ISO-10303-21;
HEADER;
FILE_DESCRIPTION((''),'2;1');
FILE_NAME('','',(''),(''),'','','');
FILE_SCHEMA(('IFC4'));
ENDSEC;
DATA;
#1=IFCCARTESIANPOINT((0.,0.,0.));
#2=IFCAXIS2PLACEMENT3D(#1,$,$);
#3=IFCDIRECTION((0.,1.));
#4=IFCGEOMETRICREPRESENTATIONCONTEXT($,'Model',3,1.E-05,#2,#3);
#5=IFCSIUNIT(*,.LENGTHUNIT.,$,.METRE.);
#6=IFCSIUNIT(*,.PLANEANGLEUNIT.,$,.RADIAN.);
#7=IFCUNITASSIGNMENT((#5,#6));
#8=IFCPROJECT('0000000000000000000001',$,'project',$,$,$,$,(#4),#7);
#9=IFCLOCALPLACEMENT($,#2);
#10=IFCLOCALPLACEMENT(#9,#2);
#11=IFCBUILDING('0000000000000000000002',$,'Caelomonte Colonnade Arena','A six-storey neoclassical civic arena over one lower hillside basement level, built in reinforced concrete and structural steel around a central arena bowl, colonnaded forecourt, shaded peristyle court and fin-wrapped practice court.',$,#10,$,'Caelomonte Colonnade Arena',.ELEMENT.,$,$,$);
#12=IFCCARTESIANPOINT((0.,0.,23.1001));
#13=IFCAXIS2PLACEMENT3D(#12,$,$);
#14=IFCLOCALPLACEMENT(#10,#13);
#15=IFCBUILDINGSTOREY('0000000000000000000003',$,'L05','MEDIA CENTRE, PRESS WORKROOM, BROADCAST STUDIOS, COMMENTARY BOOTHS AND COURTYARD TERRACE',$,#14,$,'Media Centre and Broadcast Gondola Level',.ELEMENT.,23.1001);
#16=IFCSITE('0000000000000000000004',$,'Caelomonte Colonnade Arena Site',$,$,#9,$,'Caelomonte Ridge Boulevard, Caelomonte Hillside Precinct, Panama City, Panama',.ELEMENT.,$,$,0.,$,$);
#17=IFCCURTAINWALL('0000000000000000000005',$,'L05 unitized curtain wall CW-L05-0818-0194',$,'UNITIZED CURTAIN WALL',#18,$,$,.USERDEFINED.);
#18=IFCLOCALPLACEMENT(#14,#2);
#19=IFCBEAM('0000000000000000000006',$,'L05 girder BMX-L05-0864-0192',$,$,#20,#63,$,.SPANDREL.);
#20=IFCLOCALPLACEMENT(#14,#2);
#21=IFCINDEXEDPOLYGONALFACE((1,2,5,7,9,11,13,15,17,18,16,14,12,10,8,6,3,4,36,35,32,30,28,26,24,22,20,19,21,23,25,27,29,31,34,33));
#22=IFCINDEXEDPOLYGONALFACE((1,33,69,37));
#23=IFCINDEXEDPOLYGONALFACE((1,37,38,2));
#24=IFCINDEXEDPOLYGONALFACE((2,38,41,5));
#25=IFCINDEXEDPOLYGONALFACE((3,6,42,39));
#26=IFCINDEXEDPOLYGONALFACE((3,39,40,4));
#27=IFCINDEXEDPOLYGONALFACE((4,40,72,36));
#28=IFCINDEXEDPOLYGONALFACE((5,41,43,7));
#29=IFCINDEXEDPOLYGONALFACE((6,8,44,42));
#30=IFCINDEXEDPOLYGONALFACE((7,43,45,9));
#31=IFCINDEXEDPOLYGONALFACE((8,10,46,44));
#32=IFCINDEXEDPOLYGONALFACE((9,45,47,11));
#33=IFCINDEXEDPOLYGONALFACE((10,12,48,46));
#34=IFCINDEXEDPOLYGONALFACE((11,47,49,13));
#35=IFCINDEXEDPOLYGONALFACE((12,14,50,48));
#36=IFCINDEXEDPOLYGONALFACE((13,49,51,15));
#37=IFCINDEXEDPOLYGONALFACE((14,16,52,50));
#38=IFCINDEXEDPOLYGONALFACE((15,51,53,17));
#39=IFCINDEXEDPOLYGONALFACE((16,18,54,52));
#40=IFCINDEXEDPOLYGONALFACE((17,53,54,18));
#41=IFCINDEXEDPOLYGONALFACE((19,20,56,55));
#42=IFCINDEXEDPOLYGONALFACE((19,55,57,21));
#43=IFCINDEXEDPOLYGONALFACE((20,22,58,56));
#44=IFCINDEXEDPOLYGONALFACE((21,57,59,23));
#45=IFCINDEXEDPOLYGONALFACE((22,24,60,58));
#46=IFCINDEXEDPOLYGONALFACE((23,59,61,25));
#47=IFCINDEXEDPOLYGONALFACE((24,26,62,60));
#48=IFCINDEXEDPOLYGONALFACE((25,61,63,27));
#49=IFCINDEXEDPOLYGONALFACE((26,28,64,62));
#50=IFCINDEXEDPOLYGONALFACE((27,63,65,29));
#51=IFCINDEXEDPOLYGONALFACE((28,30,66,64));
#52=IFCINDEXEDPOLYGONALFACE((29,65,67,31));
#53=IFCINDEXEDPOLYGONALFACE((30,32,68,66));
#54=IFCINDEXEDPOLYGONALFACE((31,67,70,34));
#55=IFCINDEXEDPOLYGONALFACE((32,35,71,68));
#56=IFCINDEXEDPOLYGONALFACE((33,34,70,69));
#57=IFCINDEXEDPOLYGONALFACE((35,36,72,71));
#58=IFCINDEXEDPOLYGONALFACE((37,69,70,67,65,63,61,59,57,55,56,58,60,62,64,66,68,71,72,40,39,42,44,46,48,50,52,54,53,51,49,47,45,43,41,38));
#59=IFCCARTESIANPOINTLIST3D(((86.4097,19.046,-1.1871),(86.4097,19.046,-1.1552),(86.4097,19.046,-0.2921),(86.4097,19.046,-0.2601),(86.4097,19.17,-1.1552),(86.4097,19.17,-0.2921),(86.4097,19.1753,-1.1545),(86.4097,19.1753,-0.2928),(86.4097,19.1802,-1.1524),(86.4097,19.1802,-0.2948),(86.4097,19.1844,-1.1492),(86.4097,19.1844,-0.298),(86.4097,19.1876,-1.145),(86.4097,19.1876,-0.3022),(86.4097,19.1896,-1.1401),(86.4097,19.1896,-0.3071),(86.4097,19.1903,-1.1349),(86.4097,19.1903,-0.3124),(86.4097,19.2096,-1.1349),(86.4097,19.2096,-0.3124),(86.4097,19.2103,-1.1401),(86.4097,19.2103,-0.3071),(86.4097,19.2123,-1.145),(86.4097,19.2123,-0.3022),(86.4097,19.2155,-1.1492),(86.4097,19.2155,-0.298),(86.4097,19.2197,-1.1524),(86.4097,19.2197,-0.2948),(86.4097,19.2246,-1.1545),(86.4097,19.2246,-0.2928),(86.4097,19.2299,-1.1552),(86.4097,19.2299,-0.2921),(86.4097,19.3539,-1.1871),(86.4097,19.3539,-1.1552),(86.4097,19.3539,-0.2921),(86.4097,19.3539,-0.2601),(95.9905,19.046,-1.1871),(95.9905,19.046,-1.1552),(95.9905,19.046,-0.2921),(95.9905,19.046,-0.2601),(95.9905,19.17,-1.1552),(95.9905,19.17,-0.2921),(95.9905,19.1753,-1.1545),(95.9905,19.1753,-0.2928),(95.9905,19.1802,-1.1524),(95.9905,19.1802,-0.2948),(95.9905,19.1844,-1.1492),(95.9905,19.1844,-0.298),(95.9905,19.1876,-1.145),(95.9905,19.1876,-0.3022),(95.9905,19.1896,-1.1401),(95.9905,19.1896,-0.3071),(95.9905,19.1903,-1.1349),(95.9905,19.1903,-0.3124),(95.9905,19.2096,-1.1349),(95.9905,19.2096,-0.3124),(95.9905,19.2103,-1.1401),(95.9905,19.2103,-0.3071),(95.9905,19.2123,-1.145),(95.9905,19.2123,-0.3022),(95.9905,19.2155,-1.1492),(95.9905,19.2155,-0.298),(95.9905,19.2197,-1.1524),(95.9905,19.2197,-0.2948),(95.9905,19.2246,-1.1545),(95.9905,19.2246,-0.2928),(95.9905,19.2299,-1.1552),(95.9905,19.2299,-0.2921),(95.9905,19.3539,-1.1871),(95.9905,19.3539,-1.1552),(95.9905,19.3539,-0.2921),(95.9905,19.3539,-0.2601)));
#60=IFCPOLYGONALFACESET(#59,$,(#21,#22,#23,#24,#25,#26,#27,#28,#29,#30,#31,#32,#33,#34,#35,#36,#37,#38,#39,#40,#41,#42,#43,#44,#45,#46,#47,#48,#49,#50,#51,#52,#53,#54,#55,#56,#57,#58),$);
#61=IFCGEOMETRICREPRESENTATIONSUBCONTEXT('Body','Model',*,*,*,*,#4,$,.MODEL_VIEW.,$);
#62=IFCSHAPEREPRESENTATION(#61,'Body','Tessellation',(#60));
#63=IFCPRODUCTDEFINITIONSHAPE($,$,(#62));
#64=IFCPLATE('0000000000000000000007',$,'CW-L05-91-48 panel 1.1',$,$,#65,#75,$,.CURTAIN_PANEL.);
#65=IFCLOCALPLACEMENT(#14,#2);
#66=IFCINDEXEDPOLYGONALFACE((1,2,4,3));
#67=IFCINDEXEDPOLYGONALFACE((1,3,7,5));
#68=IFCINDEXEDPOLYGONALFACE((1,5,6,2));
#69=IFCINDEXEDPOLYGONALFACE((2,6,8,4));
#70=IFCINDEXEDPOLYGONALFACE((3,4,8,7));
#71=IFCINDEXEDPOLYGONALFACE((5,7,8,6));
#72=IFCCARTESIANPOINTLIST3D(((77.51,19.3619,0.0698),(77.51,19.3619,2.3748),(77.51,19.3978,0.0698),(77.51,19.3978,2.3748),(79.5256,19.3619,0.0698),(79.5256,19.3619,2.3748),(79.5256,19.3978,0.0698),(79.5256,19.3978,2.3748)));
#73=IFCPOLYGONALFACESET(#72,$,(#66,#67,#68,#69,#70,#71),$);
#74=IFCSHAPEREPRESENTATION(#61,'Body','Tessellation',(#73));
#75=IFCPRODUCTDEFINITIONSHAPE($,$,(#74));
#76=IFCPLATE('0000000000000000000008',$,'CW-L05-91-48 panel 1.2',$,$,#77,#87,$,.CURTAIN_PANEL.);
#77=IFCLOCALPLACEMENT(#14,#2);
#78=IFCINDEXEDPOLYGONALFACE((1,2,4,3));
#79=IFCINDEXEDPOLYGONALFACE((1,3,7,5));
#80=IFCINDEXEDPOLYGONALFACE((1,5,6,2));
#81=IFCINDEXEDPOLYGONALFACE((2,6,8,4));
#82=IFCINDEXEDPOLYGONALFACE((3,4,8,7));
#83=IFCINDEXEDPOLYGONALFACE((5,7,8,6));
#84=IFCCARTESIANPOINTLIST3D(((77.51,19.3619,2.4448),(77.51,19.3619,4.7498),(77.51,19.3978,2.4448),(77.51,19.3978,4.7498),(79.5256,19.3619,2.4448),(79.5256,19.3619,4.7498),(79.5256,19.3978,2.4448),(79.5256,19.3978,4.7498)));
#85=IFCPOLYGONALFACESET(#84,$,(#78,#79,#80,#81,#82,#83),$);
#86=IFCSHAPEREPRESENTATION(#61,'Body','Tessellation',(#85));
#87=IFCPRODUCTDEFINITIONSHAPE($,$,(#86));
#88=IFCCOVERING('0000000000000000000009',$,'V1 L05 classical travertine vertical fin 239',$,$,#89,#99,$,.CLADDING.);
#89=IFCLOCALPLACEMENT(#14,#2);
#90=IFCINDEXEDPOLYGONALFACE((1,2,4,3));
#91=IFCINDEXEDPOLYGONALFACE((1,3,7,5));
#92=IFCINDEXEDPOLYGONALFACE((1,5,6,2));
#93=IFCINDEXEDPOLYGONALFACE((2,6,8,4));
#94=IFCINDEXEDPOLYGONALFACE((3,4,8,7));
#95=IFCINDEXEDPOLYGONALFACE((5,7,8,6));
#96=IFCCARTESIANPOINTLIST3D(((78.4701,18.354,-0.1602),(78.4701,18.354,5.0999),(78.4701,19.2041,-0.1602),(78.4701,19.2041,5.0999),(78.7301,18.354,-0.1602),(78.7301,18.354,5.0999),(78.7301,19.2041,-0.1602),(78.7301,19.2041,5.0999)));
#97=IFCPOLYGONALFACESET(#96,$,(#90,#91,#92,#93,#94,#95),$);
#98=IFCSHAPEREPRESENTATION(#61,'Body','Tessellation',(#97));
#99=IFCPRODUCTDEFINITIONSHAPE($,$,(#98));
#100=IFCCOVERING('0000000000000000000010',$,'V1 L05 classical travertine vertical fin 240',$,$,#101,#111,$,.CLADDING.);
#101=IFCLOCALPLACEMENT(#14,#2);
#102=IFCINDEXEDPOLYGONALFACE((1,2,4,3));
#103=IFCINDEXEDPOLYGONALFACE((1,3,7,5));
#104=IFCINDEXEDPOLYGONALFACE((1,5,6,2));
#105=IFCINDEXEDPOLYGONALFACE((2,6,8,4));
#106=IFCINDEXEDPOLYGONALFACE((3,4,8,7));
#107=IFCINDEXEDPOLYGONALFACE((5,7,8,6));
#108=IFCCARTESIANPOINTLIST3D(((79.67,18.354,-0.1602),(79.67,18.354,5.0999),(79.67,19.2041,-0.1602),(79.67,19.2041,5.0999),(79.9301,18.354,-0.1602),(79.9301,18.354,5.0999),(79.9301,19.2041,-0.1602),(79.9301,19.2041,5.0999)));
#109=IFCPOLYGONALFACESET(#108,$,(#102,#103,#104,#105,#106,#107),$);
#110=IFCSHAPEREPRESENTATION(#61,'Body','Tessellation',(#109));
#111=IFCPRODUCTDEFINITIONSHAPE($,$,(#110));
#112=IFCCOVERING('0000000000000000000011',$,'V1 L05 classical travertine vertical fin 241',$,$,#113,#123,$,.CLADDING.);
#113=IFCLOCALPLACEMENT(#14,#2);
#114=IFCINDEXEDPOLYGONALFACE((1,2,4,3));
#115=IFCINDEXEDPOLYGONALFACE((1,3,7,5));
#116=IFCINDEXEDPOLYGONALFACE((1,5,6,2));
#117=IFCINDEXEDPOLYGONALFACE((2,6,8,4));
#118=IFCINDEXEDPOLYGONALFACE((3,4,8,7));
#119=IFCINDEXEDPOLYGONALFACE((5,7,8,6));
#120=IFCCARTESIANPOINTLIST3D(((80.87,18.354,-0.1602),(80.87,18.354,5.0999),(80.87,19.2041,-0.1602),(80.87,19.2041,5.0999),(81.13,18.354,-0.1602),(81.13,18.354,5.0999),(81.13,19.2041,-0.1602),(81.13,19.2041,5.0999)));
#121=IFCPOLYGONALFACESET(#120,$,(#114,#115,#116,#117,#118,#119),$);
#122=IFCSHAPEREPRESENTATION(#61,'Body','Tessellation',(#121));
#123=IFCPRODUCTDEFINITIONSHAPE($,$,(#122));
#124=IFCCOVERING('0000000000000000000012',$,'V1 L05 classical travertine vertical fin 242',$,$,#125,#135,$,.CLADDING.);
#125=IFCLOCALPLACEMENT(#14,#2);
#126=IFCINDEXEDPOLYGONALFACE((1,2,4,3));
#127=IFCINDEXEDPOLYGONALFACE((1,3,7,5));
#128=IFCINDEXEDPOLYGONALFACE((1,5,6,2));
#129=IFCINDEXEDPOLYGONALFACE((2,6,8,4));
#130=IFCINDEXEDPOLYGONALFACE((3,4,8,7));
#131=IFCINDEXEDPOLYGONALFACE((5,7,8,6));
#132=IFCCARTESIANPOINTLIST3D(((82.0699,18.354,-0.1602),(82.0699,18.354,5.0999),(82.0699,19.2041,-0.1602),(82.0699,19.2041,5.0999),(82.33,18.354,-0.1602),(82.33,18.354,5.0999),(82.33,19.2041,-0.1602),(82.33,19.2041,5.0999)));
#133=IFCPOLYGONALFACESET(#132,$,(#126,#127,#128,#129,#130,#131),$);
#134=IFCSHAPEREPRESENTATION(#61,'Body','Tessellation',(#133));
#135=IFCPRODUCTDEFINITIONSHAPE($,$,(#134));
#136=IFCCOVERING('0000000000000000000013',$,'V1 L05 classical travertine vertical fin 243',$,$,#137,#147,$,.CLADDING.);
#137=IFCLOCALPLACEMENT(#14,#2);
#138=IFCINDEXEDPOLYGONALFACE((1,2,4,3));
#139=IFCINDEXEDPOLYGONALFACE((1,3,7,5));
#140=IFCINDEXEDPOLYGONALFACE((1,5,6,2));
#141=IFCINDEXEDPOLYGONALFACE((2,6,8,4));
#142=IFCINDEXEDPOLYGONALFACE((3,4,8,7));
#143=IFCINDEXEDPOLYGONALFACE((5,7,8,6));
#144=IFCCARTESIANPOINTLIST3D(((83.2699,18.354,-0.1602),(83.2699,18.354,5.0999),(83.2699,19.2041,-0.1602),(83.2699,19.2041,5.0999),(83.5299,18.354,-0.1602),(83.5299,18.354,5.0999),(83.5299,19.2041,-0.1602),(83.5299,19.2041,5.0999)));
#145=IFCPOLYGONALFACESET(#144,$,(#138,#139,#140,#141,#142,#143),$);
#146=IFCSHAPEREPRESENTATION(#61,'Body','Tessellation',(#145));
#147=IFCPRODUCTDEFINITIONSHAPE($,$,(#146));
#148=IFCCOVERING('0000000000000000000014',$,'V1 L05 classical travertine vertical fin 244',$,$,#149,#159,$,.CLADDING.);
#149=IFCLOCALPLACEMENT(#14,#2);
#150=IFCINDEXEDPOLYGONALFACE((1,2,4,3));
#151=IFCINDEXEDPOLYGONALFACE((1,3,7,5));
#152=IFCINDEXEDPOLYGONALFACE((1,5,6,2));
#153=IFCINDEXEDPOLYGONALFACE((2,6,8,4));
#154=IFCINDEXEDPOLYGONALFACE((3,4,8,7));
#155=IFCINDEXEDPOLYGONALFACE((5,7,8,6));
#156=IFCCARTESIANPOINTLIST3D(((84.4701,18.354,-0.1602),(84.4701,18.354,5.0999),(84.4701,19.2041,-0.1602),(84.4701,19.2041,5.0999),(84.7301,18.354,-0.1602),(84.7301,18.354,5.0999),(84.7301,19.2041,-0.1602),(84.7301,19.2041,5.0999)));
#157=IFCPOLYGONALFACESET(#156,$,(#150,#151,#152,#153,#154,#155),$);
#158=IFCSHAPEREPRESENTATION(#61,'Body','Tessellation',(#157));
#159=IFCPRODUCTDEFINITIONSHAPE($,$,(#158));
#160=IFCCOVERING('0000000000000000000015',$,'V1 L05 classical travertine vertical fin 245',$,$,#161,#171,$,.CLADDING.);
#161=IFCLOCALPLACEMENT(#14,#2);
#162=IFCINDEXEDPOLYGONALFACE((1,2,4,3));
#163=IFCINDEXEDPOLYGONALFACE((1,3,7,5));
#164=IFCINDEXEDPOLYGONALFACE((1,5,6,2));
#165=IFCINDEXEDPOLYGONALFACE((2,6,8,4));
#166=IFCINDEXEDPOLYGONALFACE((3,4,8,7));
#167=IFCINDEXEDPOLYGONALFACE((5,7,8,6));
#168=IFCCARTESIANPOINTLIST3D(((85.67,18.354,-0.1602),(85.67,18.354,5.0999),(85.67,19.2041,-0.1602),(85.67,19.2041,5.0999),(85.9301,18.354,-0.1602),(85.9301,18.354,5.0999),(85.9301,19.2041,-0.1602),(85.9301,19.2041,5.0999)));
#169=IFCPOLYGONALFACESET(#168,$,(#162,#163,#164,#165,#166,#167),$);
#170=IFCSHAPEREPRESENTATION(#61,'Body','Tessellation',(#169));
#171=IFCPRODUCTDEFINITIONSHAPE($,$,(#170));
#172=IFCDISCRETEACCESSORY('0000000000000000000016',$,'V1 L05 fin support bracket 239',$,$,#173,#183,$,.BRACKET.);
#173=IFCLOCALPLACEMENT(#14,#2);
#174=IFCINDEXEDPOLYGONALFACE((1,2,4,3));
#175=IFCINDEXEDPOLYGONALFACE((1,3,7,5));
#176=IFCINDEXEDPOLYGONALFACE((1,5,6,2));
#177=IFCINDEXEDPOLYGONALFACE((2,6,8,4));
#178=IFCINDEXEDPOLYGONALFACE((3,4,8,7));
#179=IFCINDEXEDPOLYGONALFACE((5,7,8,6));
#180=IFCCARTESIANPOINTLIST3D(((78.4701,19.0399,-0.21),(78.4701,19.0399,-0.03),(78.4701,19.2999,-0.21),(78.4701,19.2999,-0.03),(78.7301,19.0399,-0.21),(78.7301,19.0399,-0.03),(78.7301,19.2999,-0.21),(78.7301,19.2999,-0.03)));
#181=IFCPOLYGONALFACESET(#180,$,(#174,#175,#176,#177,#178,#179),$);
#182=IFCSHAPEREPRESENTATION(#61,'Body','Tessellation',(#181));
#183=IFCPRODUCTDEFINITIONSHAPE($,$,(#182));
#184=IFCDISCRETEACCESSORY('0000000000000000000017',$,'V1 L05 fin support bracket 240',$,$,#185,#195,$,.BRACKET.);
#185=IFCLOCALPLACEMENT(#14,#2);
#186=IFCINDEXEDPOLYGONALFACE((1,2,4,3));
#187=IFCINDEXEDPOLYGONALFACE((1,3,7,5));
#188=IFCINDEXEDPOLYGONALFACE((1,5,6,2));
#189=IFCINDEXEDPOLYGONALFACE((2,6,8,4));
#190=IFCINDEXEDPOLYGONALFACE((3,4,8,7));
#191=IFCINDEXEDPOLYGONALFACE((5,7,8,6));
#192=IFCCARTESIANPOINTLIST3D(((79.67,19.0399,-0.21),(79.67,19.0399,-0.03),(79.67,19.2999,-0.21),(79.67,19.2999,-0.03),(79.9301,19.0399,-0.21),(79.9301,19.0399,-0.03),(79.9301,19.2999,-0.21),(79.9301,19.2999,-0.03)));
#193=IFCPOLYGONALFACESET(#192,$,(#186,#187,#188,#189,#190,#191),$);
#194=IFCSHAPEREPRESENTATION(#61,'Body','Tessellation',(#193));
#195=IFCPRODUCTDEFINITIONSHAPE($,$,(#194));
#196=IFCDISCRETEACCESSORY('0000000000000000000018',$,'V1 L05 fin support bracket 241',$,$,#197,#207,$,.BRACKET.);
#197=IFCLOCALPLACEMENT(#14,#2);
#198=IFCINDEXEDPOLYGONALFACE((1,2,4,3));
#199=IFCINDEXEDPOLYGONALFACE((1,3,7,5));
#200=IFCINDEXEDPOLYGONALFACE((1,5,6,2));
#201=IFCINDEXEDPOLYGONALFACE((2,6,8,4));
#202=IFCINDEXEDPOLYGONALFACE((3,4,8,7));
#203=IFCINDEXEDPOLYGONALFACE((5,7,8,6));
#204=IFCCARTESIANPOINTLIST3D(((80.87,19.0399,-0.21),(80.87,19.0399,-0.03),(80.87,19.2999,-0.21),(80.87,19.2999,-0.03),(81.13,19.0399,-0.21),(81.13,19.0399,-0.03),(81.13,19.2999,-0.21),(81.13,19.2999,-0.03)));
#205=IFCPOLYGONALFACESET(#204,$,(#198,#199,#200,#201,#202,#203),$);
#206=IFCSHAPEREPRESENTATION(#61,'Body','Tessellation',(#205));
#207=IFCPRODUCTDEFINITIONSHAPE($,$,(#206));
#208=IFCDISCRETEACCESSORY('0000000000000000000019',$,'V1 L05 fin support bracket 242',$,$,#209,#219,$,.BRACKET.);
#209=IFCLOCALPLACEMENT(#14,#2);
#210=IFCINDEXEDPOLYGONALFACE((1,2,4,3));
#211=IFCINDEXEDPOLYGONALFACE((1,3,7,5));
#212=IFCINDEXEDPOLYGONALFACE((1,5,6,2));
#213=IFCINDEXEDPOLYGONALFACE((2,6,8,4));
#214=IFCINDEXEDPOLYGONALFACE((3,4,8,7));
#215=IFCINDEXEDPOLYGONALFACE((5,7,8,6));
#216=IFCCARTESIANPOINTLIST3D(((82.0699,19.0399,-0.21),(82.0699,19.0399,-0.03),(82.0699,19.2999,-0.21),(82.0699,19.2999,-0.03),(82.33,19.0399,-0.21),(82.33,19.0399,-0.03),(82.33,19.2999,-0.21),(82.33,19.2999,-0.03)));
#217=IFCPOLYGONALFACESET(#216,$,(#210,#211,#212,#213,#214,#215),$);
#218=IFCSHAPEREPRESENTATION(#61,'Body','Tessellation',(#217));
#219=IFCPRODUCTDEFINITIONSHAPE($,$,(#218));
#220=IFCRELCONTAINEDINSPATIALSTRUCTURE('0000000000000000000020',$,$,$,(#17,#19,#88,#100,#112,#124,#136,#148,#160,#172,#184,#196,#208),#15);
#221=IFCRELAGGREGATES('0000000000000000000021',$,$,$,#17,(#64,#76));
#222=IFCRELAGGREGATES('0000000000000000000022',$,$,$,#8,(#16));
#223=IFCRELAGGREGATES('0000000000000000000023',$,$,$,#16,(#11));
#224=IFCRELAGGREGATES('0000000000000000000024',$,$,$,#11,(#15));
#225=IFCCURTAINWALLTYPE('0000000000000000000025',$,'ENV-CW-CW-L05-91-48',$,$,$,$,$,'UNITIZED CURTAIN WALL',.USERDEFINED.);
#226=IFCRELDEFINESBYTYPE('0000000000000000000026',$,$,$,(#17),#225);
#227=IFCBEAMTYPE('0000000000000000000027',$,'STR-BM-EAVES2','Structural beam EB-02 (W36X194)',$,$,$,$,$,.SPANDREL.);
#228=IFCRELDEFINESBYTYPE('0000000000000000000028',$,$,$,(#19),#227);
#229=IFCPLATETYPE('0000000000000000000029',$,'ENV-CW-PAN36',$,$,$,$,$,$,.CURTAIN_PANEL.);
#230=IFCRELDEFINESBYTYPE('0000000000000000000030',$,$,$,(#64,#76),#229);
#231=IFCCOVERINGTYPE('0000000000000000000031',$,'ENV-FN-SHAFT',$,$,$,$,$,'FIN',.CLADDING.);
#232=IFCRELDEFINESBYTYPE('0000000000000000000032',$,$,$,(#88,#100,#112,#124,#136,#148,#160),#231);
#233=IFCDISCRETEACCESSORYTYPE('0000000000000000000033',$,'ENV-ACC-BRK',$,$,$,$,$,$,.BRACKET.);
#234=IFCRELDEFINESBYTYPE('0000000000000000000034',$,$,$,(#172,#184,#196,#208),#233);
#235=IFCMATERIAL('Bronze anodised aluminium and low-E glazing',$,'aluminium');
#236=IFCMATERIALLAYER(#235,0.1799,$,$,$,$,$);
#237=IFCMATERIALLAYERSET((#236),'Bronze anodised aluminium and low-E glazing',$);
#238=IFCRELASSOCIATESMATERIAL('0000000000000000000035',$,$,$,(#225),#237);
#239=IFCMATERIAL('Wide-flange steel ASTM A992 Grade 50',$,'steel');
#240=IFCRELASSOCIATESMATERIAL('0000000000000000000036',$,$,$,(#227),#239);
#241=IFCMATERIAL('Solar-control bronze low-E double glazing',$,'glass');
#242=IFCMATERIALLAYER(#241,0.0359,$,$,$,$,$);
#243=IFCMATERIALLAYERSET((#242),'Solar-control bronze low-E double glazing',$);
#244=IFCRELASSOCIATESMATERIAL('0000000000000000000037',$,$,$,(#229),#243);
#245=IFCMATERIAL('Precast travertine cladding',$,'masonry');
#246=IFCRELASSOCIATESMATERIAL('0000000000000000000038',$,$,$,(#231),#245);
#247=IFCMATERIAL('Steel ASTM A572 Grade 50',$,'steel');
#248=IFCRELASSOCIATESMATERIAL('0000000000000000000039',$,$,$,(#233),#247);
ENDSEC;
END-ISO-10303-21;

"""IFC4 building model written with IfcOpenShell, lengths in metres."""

from ifc_helpers import new_model, si_unit, direction, frame, origin, origin_2d, place, context, subcontext, project, spatial, rectangle, i_section, extrude, material, layer, layer_set, material_profile, profile_set, type_object, element, aggregate, save


model = new_model("IFC4")

# Units and contexts
model_context = context("Model", 3, precision=1e-05, world=origin(), true_north=direction((0.0, 1.0)))
body_context = subcontext(model_context, "Body", "Model", "MODEL_VIEW")
ifc_project = project(units=[si_unit("LENGTHUNIT", "METRE"), si_unit("PLANEANGLEUNIT", "RADIAN")], contexts=[model_context])

# Site, building, storey
site_placement = place(None, origin())
site = spatial("IfcSite", under=ifc_project, at=site_placement, Name="Caelomonte Colonnade Arena Site", LongName="Caelomonte Ridge Boulevard, Caelomonte Hillside Precinct, Panama City, Panama", CompositionType="ELEMENT", RefElevation=0.0)
building_placement = place(site_placement, origin())
building = spatial("IfcBuilding", under=site, at=building_placement, Name="Caelomonte Colonnade Arena", Description="A six-storey neoclassical civic arena over one lower hillside basement level, built in reinforced concrete and structural steel around a central arena bowl, colonnaded forecourt, shaded peristyle court and fin-wrapped practice court.", LongName="Caelomonte Colonnade Arena", CompositionType="ELEMENT")
storey_placement = place(building_placement, frame((0.0, 0.0, 23.1001)))
storey = spatial("IfcBuildingStorey", under=building, at=storey_placement, Name="L05", Description="MEDIA CENTRE, PRESS WORKROOM, BROADCAST STUDIOS, COMMENTARY BOOTHS AND COURTYARD TERRACE", LongName="Media Centre and Broadcast Gondola Level", CompositionType="ELEMENT", Elevation=23.1001)

# Shared definitions
ifc_material_1 = material(Name="Wide-flange steel ASTM A992 Grade 50", Category="steel")

# Curtain wall
ifc_material_2 = material(Name="Bronze anodised aluminium and low-E glazing", Category="aluminium")
ifc_layer_1 = layer(ifc_material_2, 0.1799)
ifc_layer_set_1 = layer_set([ifc_layer_1], Name="Bronze anodised aluminium and low-E glazing")
curtain_wall_type = type_object("IfcCurtainWallType", Name="ENV-CW-CW-L05-91-48", ElementType="UNITIZED CURTAIN WALL", PredefinedType="USERDEFINED", material=ifc_layer_set_1)
curtain_wall_placement = place(storey_placement, origin())
curtain_wall = element("IfcCurtainWall", 1, at=curtain_wall_placement, inside=storey, type_object=curtain_wall_type, Name="L05 unitized curtain wall CW-L05-0818-0194", ObjectType="UNITIZED CURTAIN WALL", PredefinedType="USERDEFINED")

# Beam
ifc_material_profile_1 = material_profile(ifc_material_1, i_section(OverallWidth=0.3079, OverallDepth=0.927, WebThickness=0.0193, FlangeThickness=0.032, FilletRadius=0.0203, at=origin_2d()), Name="W36X194")
ifc_profile_set_1 = profile_set([ifc_material_profile_1], Name="Wide-flange steel ASTM A992 Grade 50")
beam_type = type_object("IfcBeamType", Name="STR-BM-EAVES2", Description="Structural beam EB-02 (W36X194)", PredefinedType="SPANDREL", material=ifc_profile_set_1)
beam_placement = place(storey_placement, frame((86.4097, 19.2, -0.7236), z_axis=(1.0, 0.0, 0.0), x_axis=(0.0, 1.0, 0.0)))
element("IfcBeam", 2, at=beam_placement, inside=storey, type_object=beam_type, Name="L05 girder BMX-L05-0864-0192", PredefinedType="SPANDREL", context=body_context, shape_type="SweptSolid", body=[
    extrude(i_section(OverallWidth=0.3079, OverallDepth=0.927, WebThickness=0.0193, FlangeThickness=0.032, FilletRadius=0.0203, at=origin_2d()), origin(), (0.0, 0.0, 1.0), 9.5808),
])

# Plates
ifc_material_3 = material(Name="Solar-control bronze low-E double glazing", Category="glass")
ifc_layer_2 = layer(ifc_material_3, 0.0359)
ifc_layer_set_2 = layer_set([ifc_layer_2], Name="Solar-control bronze low-E double glazing")
plate_type = type_object("IfcPlateType", Name="ENV-CW-PAN36", PredefinedType="CURTAIN_PANEL", material=ifc_layer_set_2)
plate_1_placement = place(storey_placement, frame((78.5178, 19.3799, 0.0698), z_axis=(0.0, 0.0, 1.0), x_axis=(1.0, 0.0, 0.0)))
plate_1 = element("IfcPlate", 3, at=plate_1_placement, type_object=plate_type, Name="CW-L05-91-48 panel 1.1", PredefinedType="CURTAIN_PANEL", context=body_context, shape_type="SweptSolid", body=[
    extrude(rectangle(XDim=2.0156, YDim=0.0359, at=origin_2d()), origin(), (0.0, 0.0, 1.0), 2.3049),
])
plate_2_placement = place(storey_placement, frame((78.5178, 19.3799, 2.4448), z_axis=(0.0, 0.0, 1.0), x_axis=(1.0, 0.0, 0.0)))
plate_2 = element("IfcPlate", 4, at=plate_2_placement, type_object=plate_type, Name="CW-L05-91-48 panel 1.2", PredefinedType="CURTAIN_PANEL", context=body_context, shape_type="SweptSolid", body=[
    extrude(rectangle(XDim=2.0156, YDim=0.0359, at=origin_2d()), origin(), (0.0, 0.0, 1.0), 2.3049),
])
aggregate(curtain_wall, [plate_1, plate_2])

# Coverings
ifc_material_4 = material(Name="Precast travertine cladding", Category="masonry")
ifc_material_profile_2 = material_profile(ifc_material_4, rectangle(XDim=0.26, YDim=0.8501, at=origin_2d()), Name="FIN260X850")
ifc_profile_set_2 = profile_set([ifc_material_profile_2], Name="Precast travertine cladding")
covering_type = type_object("IfcCoveringType", Name="ENV-FN-SHAFT", ElementType="FIN", PredefinedType="CLADDING", material=ifc_profile_set_2)
for number, where, z_axis, x_axis, name in (
    (5, (78.6001, 18.7791, -0.1602), (0.0, 0.0, 1.0), (-1.0, 0.0, 0.0), "V1 L05 classical travertine vertical fin 239"),
    (6, (79.8, 18.7791, -0.1602), (0.0, 0.0, 1.0), (-1.0, 0.0, 0.0), "V1 L05 classical travertine vertical fin 240"),
    (7, (81.0, 18.7791, -0.1602), (0.0, 0.0, 1.0), (-1.0, 0.0, 0.0), "V1 L05 classical travertine vertical fin 241"),
    (8, (82.2, 18.7791, -0.1602), (0.0, 0.0, 1.0), (-1.0, 0.0, 0.0), "V1 L05 classical travertine vertical fin 242"),
    (9, (83.3999, 18.7791, -0.1602), (0.0, 0.0, 1.0), (-1.0, 0.0, 0.0), "V1 L05 classical travertine vertical fin 243"),
    (10, (84.6001, 18.7791, -0.1602), (0.0, 0.0, 1.0), (-1.0, 0.0, 0.0), "V1 L05 classical travertine vertical fin 244"),
    (11, (85.8, 18.7791, -0.1602), (0.0, 0.0, 1.0), (-1.0, 0.0, 0.0), "V1 L05 classical travertine vertical fin 245"),
):
    element("IfcCovering", number, at=place(storey_placement, frame(where, z_axis=z_axis, x_axis=x_axis)), inside=storey, type_object=covering_type, Name=name, PredefinedType="CLADDING", context=body_context, shape_type="SweptSolid", body=[
        extrude(rectangle(XDim=0.26, YDim=0.8501, at=origin_2d()), origin(), (0.0, 0.0, 1.0), 5.26),
    ])

# Discrete accessories
ifc_material_5 = material(Name="Steel ASTM A572 Grade 50", Category="steel")
discrete_accessory_type = type_object("IfcDiscreteAccessoryType", Name="ENV-ACC-BRK", PredefinedType="BRACKET", material=ifc_material_5)
for number, where, z_axis, x_axis, name in (
    (12, (78.6001, 19.1699, -0.21), (0.0, 0.0, 1.0), (1.0, 0.0, 0.0), "V1 L05 fin support bracket 239"),
    (13, (79.8, 19.1699, -0.21), (0.0, 0.0, 1.0), (1.0, 0.0, 0.0), "V1 L05 fin support bracket 240"),
    (14, (81.0, 19.1699, -0.21), (0.0, 0.0, 1.0), (1.0, 0.0, 0.0), "V1 L05 fin support bracket 241"),
    (15, (82.2, 19.1699, -0.21), (0.0, 0.0, 1.0), (1.0, 0.0, 0.0), "V1 L05 fin support bracket 242"),
):
    element("IfcDiscreteAccessory", number, at=place(storey_placement, frame(where, z_axis=z_axis, x_axis=x_axis)), inside=storey, type_object=discrete_accessory_type, Name=name, PredefinedType="BRACKET", context=body_context, shape_type="SweptSolid", body=[
        extrude(rectangle(XDim=0.26, YDim=0.26, at=origin_2d()), origin(), (0.0, 0.0, 1.0), 0.1799),
    ])

save(model, "model.ifc")
